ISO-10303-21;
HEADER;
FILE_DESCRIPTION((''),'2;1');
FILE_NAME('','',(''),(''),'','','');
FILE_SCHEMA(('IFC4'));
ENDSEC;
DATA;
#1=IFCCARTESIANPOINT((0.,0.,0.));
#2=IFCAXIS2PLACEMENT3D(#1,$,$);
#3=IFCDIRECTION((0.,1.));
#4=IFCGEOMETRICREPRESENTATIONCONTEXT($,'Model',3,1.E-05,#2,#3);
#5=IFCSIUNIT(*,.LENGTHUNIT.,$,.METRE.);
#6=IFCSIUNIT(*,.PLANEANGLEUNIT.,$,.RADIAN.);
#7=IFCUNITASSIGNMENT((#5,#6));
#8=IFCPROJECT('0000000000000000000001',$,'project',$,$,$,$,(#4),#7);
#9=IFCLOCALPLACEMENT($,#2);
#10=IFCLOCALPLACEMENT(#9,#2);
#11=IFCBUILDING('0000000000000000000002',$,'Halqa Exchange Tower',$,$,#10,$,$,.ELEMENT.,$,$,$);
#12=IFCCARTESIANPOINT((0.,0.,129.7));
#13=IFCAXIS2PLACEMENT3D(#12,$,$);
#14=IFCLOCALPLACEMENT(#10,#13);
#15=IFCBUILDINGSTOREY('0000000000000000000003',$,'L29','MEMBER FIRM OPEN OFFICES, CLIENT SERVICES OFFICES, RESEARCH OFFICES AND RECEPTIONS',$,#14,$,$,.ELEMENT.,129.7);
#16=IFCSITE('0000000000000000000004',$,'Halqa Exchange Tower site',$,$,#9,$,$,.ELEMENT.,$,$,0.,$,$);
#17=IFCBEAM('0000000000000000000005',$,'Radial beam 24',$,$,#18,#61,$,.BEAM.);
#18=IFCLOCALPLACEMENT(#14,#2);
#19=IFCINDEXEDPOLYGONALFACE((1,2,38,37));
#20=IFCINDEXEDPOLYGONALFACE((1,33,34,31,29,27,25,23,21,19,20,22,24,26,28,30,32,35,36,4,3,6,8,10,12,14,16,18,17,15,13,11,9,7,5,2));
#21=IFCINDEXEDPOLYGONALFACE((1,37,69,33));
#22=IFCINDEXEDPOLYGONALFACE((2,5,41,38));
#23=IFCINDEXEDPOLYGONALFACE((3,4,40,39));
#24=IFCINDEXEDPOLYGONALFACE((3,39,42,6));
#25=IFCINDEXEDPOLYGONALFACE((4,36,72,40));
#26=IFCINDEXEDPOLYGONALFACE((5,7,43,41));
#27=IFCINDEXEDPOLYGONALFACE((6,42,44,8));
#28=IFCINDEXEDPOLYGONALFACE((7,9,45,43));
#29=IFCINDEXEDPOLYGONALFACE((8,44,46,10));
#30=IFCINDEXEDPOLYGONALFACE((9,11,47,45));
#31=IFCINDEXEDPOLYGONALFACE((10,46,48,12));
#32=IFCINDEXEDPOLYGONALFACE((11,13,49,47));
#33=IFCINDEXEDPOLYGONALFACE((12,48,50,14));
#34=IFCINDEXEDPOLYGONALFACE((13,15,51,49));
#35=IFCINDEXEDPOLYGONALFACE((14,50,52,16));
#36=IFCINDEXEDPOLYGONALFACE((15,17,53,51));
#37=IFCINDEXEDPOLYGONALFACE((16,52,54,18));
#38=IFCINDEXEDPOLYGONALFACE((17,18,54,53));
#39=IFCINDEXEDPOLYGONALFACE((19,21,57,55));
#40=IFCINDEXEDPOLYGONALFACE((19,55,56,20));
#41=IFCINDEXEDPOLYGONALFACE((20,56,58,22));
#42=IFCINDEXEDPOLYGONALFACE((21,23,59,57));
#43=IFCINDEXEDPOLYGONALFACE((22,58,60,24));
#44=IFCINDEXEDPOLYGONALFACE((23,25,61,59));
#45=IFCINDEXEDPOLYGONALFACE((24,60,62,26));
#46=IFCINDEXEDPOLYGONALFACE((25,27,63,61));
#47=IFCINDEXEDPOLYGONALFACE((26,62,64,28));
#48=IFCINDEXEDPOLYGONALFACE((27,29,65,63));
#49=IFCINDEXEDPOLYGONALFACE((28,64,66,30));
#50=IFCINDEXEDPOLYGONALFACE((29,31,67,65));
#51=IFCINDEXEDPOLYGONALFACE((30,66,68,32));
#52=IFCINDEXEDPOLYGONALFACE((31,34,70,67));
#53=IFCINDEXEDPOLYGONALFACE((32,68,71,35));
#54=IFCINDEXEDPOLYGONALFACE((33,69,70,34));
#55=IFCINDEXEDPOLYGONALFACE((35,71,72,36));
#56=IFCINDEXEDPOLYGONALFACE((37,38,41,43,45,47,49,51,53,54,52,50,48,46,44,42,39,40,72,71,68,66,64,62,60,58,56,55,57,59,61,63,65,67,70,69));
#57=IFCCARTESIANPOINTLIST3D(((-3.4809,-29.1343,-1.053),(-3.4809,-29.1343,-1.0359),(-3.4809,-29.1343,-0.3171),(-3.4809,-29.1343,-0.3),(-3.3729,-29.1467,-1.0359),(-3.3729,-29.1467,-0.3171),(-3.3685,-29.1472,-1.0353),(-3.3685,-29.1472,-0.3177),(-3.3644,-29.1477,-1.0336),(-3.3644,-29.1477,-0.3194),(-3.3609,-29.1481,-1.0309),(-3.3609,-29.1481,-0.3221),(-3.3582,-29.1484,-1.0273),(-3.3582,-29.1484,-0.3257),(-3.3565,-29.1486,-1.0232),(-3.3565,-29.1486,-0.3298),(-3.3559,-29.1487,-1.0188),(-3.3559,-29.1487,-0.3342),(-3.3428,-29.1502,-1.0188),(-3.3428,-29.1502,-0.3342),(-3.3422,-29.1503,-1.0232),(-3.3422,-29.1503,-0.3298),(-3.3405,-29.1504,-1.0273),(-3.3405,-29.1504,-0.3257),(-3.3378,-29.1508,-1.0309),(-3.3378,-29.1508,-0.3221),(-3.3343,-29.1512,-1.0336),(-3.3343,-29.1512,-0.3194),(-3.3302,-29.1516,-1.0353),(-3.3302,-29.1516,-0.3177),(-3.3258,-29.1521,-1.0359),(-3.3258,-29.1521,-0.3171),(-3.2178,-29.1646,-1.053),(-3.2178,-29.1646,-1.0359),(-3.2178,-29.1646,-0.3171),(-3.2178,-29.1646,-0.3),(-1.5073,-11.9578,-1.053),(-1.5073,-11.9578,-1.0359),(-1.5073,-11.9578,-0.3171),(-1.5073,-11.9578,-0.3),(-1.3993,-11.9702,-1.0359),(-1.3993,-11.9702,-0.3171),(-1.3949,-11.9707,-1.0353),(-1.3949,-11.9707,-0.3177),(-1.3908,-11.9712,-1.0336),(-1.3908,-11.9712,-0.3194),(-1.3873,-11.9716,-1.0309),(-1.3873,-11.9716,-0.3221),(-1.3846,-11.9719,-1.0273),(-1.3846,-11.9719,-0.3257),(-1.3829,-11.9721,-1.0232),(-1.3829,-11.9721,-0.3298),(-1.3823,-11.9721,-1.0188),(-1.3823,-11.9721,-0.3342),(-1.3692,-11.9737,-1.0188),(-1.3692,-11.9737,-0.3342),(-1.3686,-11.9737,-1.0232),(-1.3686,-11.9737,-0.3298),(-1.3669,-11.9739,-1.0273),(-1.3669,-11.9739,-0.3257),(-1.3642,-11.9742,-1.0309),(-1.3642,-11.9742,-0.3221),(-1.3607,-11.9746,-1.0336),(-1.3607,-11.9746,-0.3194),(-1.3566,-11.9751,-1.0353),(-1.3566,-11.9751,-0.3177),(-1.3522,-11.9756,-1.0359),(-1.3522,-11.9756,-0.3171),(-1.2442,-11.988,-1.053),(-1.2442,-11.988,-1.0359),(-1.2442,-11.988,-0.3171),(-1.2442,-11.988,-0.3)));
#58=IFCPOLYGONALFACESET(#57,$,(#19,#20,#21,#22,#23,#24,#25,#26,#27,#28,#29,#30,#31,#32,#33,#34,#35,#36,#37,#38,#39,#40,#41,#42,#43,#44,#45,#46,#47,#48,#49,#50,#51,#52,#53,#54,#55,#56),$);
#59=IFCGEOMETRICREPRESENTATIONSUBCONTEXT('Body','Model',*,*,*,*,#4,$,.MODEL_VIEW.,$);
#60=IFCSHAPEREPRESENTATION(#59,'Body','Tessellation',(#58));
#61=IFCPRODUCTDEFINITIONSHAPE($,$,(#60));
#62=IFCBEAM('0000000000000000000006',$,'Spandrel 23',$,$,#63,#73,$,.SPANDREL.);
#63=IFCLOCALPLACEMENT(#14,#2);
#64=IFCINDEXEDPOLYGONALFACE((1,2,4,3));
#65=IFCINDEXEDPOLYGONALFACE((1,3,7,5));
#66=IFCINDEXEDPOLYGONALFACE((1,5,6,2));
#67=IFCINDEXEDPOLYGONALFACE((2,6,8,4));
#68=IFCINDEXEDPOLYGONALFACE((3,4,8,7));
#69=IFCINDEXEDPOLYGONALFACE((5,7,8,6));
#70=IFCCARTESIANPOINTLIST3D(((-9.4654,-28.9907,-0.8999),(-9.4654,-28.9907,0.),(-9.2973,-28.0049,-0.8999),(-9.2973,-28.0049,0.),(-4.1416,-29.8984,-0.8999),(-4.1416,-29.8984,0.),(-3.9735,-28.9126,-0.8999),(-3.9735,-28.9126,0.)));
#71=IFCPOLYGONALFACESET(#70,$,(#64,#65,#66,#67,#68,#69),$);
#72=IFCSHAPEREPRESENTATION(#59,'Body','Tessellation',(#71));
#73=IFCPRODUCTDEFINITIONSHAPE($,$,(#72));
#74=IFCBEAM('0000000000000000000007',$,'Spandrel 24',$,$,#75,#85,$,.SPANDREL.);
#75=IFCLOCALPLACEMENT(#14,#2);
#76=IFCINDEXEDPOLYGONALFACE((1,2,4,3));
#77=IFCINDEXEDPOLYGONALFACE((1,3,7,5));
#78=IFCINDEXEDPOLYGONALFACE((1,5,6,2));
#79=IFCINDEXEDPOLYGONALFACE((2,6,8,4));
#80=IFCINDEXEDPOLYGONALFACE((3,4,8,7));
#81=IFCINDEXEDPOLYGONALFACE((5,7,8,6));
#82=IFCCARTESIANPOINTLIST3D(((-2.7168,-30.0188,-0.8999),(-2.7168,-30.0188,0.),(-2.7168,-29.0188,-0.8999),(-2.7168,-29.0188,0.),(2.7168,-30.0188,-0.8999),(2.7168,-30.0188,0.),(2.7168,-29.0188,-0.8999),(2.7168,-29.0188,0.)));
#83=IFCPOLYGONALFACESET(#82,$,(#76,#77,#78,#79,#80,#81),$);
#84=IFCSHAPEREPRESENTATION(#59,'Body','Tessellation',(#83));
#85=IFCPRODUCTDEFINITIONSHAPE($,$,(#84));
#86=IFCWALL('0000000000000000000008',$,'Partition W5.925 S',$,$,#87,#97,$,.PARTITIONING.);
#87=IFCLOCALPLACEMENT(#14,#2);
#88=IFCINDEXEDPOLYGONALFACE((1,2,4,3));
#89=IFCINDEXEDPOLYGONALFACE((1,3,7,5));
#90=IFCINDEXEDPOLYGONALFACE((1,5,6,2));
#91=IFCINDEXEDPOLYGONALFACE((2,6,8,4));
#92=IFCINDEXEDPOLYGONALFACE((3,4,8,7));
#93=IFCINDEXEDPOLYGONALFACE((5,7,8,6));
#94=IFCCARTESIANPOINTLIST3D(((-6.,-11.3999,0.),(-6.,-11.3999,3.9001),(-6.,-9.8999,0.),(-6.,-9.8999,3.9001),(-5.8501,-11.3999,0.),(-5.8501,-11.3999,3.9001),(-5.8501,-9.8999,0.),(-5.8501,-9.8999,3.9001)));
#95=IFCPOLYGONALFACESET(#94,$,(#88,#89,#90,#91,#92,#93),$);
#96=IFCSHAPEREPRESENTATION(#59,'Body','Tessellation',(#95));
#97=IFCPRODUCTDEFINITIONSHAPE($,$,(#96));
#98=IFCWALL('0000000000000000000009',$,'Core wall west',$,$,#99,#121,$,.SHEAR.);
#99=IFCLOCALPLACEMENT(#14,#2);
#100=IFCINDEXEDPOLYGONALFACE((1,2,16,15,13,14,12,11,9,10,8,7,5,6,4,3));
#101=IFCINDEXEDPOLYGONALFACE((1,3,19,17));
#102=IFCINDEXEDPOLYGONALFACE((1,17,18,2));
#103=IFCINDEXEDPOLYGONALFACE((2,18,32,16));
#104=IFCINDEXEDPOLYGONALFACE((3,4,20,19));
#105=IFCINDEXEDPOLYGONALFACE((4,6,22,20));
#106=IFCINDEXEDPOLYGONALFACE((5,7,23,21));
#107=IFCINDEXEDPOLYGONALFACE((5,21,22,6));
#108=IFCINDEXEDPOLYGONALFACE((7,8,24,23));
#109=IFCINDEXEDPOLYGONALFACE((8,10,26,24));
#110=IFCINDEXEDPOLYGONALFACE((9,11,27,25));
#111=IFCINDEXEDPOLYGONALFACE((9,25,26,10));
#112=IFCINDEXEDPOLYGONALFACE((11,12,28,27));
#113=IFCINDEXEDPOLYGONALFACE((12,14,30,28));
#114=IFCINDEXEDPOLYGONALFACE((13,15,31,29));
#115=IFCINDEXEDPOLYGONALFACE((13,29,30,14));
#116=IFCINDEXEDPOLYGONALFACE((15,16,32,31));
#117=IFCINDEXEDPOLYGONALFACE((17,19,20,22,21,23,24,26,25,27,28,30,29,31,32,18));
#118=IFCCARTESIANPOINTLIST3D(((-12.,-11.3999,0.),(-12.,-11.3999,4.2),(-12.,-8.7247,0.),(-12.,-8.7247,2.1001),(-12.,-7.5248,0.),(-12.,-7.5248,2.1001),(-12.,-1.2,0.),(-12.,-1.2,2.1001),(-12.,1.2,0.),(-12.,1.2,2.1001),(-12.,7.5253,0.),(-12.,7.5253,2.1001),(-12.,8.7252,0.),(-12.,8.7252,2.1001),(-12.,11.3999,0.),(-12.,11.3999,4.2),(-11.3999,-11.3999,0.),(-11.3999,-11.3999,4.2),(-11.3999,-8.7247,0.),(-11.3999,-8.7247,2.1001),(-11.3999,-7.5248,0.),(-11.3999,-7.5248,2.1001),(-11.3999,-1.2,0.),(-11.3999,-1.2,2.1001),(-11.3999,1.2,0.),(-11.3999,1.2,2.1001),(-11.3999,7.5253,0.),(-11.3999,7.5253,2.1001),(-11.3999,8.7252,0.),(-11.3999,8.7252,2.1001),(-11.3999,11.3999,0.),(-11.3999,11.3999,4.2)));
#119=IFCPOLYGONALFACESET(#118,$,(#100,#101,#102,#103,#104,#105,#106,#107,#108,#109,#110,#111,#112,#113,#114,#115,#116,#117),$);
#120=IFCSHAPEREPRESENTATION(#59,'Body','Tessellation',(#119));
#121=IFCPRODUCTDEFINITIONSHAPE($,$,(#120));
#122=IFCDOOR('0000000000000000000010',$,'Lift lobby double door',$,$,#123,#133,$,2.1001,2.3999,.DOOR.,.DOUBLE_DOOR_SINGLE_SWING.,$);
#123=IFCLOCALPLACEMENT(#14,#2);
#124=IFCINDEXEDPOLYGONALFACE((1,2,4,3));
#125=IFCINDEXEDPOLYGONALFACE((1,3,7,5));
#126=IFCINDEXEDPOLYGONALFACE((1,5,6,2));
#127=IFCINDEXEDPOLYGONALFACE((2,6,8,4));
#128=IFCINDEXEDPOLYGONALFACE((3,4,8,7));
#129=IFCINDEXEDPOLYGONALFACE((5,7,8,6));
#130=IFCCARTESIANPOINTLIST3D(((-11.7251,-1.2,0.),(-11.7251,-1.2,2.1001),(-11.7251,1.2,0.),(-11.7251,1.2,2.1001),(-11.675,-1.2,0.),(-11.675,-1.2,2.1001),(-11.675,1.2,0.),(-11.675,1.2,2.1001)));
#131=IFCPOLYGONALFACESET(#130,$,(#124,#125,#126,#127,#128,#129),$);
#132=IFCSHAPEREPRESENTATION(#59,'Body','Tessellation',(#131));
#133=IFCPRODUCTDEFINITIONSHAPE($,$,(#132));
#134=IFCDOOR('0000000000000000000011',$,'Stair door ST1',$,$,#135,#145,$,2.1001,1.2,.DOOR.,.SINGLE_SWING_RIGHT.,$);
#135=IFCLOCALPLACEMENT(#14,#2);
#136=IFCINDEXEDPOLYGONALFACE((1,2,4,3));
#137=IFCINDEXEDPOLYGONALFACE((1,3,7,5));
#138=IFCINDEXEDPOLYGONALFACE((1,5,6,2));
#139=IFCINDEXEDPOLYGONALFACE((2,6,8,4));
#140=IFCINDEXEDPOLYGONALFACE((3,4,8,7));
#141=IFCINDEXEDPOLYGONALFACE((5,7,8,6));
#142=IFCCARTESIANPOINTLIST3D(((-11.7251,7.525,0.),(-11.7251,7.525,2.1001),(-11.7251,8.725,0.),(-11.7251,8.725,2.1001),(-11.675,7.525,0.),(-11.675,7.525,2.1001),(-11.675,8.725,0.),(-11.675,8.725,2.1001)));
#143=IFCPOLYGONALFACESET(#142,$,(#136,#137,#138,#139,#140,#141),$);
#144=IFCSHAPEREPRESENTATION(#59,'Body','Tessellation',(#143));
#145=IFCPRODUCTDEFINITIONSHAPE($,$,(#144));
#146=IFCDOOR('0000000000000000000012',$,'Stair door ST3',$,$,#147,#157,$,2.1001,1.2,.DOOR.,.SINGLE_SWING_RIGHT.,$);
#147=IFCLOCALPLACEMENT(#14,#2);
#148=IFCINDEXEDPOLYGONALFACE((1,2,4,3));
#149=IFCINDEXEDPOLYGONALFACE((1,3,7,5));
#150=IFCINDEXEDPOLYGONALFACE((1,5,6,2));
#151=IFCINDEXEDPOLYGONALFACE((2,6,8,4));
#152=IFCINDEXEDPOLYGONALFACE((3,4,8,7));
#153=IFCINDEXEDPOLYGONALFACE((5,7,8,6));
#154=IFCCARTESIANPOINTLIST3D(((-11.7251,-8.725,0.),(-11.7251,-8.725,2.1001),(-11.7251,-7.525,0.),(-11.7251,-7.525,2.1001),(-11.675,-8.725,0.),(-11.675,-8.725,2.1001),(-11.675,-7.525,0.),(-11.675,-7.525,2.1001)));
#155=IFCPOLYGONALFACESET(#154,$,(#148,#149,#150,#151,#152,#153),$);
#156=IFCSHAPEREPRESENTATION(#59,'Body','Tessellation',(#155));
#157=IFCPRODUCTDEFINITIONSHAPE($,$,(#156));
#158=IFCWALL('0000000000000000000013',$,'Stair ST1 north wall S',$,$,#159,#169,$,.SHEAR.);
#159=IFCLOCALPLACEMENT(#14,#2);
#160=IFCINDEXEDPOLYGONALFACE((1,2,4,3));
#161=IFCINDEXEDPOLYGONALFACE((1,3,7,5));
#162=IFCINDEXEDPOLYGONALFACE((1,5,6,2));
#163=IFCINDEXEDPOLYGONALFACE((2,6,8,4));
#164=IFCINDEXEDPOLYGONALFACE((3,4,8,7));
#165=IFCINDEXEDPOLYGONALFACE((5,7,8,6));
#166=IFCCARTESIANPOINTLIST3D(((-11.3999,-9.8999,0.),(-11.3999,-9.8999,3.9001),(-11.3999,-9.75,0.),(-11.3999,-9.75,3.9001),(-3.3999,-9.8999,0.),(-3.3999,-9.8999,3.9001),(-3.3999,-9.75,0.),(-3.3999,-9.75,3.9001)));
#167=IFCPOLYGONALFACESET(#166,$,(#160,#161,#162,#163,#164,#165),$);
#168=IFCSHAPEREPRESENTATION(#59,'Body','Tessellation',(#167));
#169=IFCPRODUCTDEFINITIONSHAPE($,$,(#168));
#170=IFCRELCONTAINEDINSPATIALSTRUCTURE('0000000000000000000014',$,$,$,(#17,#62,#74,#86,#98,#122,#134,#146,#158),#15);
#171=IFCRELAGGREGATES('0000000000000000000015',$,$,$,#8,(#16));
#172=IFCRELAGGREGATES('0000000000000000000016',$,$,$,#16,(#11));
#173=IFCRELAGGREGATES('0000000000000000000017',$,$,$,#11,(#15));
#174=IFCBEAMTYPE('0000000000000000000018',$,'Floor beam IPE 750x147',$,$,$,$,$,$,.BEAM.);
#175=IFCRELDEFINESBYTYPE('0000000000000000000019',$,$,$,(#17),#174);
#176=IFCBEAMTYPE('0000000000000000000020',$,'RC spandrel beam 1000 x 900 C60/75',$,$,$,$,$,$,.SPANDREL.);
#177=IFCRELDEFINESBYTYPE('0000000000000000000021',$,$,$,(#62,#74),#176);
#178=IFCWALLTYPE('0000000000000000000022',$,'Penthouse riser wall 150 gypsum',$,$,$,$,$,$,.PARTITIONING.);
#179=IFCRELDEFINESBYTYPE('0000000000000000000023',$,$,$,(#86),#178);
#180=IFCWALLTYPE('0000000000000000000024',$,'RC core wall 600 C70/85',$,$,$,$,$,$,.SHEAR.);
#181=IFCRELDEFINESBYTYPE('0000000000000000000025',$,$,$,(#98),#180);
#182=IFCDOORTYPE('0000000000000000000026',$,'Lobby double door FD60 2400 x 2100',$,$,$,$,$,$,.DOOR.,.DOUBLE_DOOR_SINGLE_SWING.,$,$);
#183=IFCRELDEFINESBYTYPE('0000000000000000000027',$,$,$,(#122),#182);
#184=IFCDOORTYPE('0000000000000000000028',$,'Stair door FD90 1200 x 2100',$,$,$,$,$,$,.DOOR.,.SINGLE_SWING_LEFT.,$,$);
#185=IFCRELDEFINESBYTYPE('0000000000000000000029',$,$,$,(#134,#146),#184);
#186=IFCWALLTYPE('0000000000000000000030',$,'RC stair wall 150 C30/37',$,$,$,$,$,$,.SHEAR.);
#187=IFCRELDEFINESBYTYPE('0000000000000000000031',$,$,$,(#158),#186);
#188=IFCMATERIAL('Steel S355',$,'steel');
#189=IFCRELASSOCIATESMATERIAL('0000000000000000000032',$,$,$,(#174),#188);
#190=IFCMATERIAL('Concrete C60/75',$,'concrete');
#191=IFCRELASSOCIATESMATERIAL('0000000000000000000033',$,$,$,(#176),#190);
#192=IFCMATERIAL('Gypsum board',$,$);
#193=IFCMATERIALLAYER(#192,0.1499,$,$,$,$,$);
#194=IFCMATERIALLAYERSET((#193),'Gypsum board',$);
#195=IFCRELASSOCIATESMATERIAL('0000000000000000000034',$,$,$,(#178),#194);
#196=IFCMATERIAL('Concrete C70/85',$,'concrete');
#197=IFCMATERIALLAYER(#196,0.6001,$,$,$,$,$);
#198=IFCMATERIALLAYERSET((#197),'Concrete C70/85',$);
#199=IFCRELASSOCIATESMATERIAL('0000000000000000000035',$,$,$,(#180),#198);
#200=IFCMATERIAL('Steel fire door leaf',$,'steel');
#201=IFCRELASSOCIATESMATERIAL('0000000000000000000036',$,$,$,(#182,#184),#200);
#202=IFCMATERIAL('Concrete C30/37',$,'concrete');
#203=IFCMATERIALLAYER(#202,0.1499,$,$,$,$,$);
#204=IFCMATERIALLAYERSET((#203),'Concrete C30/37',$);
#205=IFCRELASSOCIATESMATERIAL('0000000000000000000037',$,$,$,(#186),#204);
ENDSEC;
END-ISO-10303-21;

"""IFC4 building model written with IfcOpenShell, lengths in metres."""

from ifc_helpers import new_model, si_unit, direction, frame, frame_2d, origin, origin_2d, place, context, subcontext, project, spatial, rectangle, i_section, extrude, material, layer, layer_set, material_profile, profile_set, type_object, element, fill, save


model = new_model("IFC4")

# Units and contexts
model_context = context("Model", 3, precision=1e-05, world=origin(), true_north=direction((0.0, 1.0)))
body_context = subcontext(model_context, "Body", "Model", "MODEL_VIEW")
ifc_project = project(units=[si_unit("LENGTHUNIT", "METRE"), si_unit("PLANEANGLEUNIT", "RADIAN")], contexts=[model_context])

# Site, building, storey
site_placement = place(None, origin())
site = spatial("IfcSite", under=ifc_project, at=site_placement, Name="Halqa Exchange Tower site", CompositionType="ELEMENT", RefElevation=0.0)
building_placement = place(site_placement, origin())
building = spatial("IfcBuilding", under=site, at=building_placement, Name="Halqa Exchange Tower", CompositionType="ELEMENT")
storey_placement = place(building_placement, frame((0.0, 0.0, 129.7)))
storey = spatial("IfcBuildingStorey", under=building, at=storey_placement, Name="L29", Description="MEMBER FIRM OPEN OFFICES, CLIENT SERVICES OFFICES, RESEARCH OFFICES AND RECEPTIONS", CompositionType="ELEMENT", Elevation=129.7)

# Shared definitions
ifc_material_1 = material(Name="Concrete C70/85", Category="concrete")

# Beams
ifc_material_2 = material(Name="Steel S355", Category="steel")
ifc_material_profile_1 = material_profile(ifc_material_2, i_section(OverallWidth=0.2649, OverallDepth=0.7529, WebThickness=0.0132, FlangeThickness=0.0171, FilletRadius=0.0171, at=origin_2d()), Name="IPE 750x147")
ifc_profile_set_1 = profile_set([ifc_material_profile_1], Name="Steel S355")
beam_type_1 = type_object("IfcBeamType", Name="Floor beam IPE 750x147", PredefinedType="BEAM", material=ifc_profile_set_1)
beam_1_placement = place(storey_placement, frame((-1.3757, -11.9729, -0.6765), z_axis=(-0.114152, -0.993463, 0.0), x_axis=(0.993463, -0.114152, 0.0)))
element("IfcBeam", 1, at=beam_1_placement, inside=storey, type_object=beam_type_1, Name="Radial beam 24", PredefinedType="BEAM", context=body_context, shape_type="SweptSolid", body=[
    extrude(i_section(OverallWidth=0.2649, OverallDepth=0.7529, WebThickness=0.0132, FlangeThickness=0.0171, FilletRadius=0.0171, at=origin_2d()), origin(), (0.0, 0.0, 1.0), 17.2896),
])
ifc_material_3 = material(Name="Concrete C60/75", Category="concrete")
ifc_material_profile_2 = material_profile(ifc_material_3, rectangle(XDim=1.0, YDim=0.8999, at=origin_2d()), Name="1000 x 900")
ifc_profile_set_2 = profile_set([ifc_material_profile_2], Name="Concrete C60/75")
beam_type_2 = type_object("IfcBeamType", Name="RC spandrel beam 1000 x 900 C60/75", PredefinedType="SPANDREL", material=ifc_profile_set_2)
beam_2_placement = place(storey_placement, frame((-9.3813, -28.4978, -0.45), z_axis=(0.985774, -0.168078, 0.0), x_axis=(0.168078, 0.985774, 0.0)))
element("IfcBeam", 2, at=beam_2_placement, inside=storey, type_object=beam_type_2, Name="Spandrel 23", PredefinedType="SPANDREL", context=body_context, shape_type="SweptSolid", body=[
    extrude(rectangle(XDim=1.0, YDim=0.8999, at=origin_2d()), origin(), (0.0, 0.0, 1.0), 5.4006),
])
beam_3_placement = place(storey_placement, frame((-2.7168, -29.5188, -0.45), z_axis=(1.0, 0.0, 0.0), x_axis=(0.0, 1.0, 0.0)))
element("IfcBeam", 3, at=beam_3_placement, inside=storey, type_object=beam_type_2, Name="Spandrel 24", PredefinedType="SPANDREL", context=body_context, shape_type="SweptSolid", body=[
    extrude(rectangle(XDim=1.0, YDim=0.8999, at=origin_2d()), origin(), (0.0, 0.0, 1.0), 5.4336),
])

# Wall
ifc_material_4 = material(Name="Gypsum board")
ifc_layer_1 = layer(ifc_material_4, 0.1499)
ifc_layer_set_1 = layer_set([ifc_layer_1], Name="Gypsum board")
wall_type_1 = type_object("IfcWallType", Name="Penthouse riser wall 150 gypsum", PredefinedType="PARTITIONING", material=ifc_layer_set_1)
wall_1_placement = place(storey_placement, frame((-5.925, -11.3999, 0.0), z_axis=(0.0, 0.0, 1.0), x_axis=(0.0, 1.0, 0.0)))
element("IfcWall", 4, at=wall_1_placement, inside=storey, type_object=wall_type_1, Name="Partition W5.925 S", PredefinedType="PARTITIONING", context=body_context, shape_type="SweptSolid", body=[
    extrude(rectangle(XDim=1.5, YDim=0.1499, at=frame_2d((0.75, 0.0))), origin(), (0.0, 0.0, 1.0), 3.9001),
])

# Wall, openings, doors
ifc_layer_2 = layer(ifc_material_1, 0.6001)
ifc_layer_set_2 = layer_set([ifc_layer_2], Name="Concrete C70/85")
wall_type_2 = type_object("IfcWallType", Name="RC core wall 600 C70/85", PredefinedType="SHEAR", material=ifc_layer_set_2)
wall_2_placement = place(storey_placement, frame((-11.7, -11.3999, 0.0), z_axis=(0.0, 0.0, 1.0), x_axis=(0.0, 1.0, 0.0)))
wall_2 = element("IfcWall", 5, at=wall_2_placement, inside=storey, type_object=wall_type_2, Name="Core wall west", PredefinedType="SHEAR", context=body_context, shape_type="SweptSolid", body=[
    extrude(rectangle(XDim=22.7998, YDim=0.6001, at=frame_2d((11.3999, 0.0))), origin(), (0.0, 0.0, 1.0), 4.2),
])
opening_1_placement = place(wall_2_placement, frame((10.2, 0.0, 0.0)))
opening_1 = element("IfcOpeningElement", 6, at=opening_1_placement, cuts=wall_2, PredefinedType="OPENING", context=body_context, shape_type="SweptSolid", body=[
    extrude(rectangle(XDim=2.3999, YDim=2.1001, at=frame_2d((1.2, 1.05))), frame((0.0, 0.312, 0.0), z_axis=(0.0, -1.0, 0.0), x_axis=(1.0, 0.0, 0.0)), (0.0, 0.0, 1.0), 0.624),
])
opening_2_placement = place(wall_2_placement, frame((18.925, 0.0, 0.0)))
opening_2 = element("IfcOpeningElement", 7, at=opening_2_placement, cuts=wall_2, PredefinedType="OPENING", context=body_context, shape_type="SweptSolid", body=[
    extrude(rectangle(XDim=1.2, YDim=2.1001, at=frame_2d((0.6001, 1.05))), frame((0.0, 0.312, 0.0), z_axis=(0.0, -1.0, 0.0), x_axis=(1.0, 0.0, 0.0)), (0.0, 0.0, 1.0), 0.624),
])
opening_3_placement = place(wall_2_placement, frame((2.675, 0.0, 0.0)))
opening_3 = element("IfcOpeningElement", 8, at=opening_3_placement, cuts=wall_2, PredefinedType="OPENING", context=body_context, shape_type="SweptSolid", body=[
    extrude(rectangle(XDim=1.2, YDim=2.1001, at=frame_2d((0.6001, 1.05))), frame((0.0, 0.312, 0.0), z_axis=(0.0, -1.0, 0.0), x_axis=(1.0, 0.0, 0.0)), (0.0, 0.0, 1.0), 0.624),
])
ifc_material_5 = material(Name="Steel fire door leaf", Category="steel")
door_type_1 = type_object("IfcDoorType", Name="Lobby double door FD60 2400 x 2100", OperationType="DOUBLE_DOOR_SINGLE_SWING", PredefinedType="DOOR", material=ifc_material_5)
door_1_placement = place(opening_1_placement, frame((2.3999, 0.0, 0.0), z_axis=(0.0, 0.0, 1.0), x_axis=(-1.0, 0.0, 0.0)))
door_1 = element("IfcDoor", 9, at=door_1_placement, inside=storey, type_object=door_type_1, Name="Lift lobby double door", OperationType="DOUBLE_DOOR_SINGLE_SWING", OverallHeight=2.1001, OverallWidth=2.3999, PredefinedType="DOOR", context=body_context, shape_type="SweptSolid", body=[
    extrude(rectangle(XDim=2.3999, YDim=2.1001, at=frame_2d((1.2, 1.05))), frame((0.0, 0.0249, 0.0), z_axis=(0.0, -1.0, 0.0), x_axis=(1.0, 0.0, 0.0)), (0.0, 0.0, 1.0), 0.05),
])
fill(opening_1, door_1)
door_type_2 = type_object("IfcDoorType", Name="Stair door FD90 1200 x 2100", OperationType="SINGLE_SWING_LEFT", PredefinedType="DOOR", material=ifc_material_5)
door_2_placement = place(opening_2_placement, frame((1.2, 0.0, 0.0), z_axis=(0.0, 0.0, 1.0), x_axis=(-1.0, 0.0, 0.0)))
door_2 = element("IfcDoor", 10, at=door_2_placement, inside=storey, type_object=door_type_2, Name="Stair door ST1", OperationType="SINGLE_SWING_RIGHT", OverallHeight=2.1001, OverallWidth=1.2, PredefinedType="DOOR", context=body_context, shape_type="SweptSolid", body=[
    extrude(rectangle(XDim=1.2, YDim=2.1001, at=frame_2d((0.6001, 1.05))), frame((0.0, 0.0249, 0.0), z_axis=(0.0, -1.0, 0.0), x_axis=(1.0, 0.0, 0.0)), (0.0, 0.0, 1.0), 0.05),
])
fill(opening_2, door_2)
door_3_placement = place(opening_3_placement, frame((1.2, 0.0, 0.0), z_axis=(0.0, 0.0, 1.0), x_axis=(-1.0, 0.0, 0.0)))
door_3 = element("IfcDoor", 11, at=door_3_placement, inside=storey, type_object=door_type_2, Name="Stair door ST3", OperationType="SINGLE_SWING_RIGHT", OverallHeight=2.1001, OverallWidth=1.2, PredefinedType="DOOR", context=body_context, shape_type="SweptSolid", body=[
    extrude(rectangle(XDim=1.2, YDim=2.1001, at=frame_2d((0.6001, 1.05))), frame((0.0, 0.0249, 0.0), z_axis=(0.0, -1.0, 0.0), x_axis=(1.0, 0.0, 0.0)), (0.0, 0.0, 1.0), 0.05),
])
fill(opening_3, door_3)

# Wall
ifc_material_6 = material(Name="Concrete C30/37", Category="concrete")
ifc_layer_3 = layer(ifc_material_6, 0.1499)
ifc_layer_set_3 = layer_set([ifc_layer_3], Name="Concrete C30/37")
wall_type_3 = type_object("IfcWallType", Name="RC stair wall 150 C30/37", PredefinedType="SHEAR", material=ifc_layer_set_3)
wall_3_placement = place(storey_placement, frame((-11.3999, -9.825, 0.0), z_axis=(0.0, 0.0, 1.0), x_axis=(1.0, 0.0, 0.0)))
element("IfcWall", 12, at=wall_3_placement, inside=storey, type_object=wall_type_3, Name="Stair ST1 north wall S", PredefinedType="SHEAR", context=body_context, shape_type="SweptSolid", body=[
    extrude(rectangle(XDim=8.0, YDim=0.1499, at=frame_2d((4.0, 0.0))), origin(), (0.0, 0.0, 1.0), 3.9001),
])

save(model, "model.ifc")
